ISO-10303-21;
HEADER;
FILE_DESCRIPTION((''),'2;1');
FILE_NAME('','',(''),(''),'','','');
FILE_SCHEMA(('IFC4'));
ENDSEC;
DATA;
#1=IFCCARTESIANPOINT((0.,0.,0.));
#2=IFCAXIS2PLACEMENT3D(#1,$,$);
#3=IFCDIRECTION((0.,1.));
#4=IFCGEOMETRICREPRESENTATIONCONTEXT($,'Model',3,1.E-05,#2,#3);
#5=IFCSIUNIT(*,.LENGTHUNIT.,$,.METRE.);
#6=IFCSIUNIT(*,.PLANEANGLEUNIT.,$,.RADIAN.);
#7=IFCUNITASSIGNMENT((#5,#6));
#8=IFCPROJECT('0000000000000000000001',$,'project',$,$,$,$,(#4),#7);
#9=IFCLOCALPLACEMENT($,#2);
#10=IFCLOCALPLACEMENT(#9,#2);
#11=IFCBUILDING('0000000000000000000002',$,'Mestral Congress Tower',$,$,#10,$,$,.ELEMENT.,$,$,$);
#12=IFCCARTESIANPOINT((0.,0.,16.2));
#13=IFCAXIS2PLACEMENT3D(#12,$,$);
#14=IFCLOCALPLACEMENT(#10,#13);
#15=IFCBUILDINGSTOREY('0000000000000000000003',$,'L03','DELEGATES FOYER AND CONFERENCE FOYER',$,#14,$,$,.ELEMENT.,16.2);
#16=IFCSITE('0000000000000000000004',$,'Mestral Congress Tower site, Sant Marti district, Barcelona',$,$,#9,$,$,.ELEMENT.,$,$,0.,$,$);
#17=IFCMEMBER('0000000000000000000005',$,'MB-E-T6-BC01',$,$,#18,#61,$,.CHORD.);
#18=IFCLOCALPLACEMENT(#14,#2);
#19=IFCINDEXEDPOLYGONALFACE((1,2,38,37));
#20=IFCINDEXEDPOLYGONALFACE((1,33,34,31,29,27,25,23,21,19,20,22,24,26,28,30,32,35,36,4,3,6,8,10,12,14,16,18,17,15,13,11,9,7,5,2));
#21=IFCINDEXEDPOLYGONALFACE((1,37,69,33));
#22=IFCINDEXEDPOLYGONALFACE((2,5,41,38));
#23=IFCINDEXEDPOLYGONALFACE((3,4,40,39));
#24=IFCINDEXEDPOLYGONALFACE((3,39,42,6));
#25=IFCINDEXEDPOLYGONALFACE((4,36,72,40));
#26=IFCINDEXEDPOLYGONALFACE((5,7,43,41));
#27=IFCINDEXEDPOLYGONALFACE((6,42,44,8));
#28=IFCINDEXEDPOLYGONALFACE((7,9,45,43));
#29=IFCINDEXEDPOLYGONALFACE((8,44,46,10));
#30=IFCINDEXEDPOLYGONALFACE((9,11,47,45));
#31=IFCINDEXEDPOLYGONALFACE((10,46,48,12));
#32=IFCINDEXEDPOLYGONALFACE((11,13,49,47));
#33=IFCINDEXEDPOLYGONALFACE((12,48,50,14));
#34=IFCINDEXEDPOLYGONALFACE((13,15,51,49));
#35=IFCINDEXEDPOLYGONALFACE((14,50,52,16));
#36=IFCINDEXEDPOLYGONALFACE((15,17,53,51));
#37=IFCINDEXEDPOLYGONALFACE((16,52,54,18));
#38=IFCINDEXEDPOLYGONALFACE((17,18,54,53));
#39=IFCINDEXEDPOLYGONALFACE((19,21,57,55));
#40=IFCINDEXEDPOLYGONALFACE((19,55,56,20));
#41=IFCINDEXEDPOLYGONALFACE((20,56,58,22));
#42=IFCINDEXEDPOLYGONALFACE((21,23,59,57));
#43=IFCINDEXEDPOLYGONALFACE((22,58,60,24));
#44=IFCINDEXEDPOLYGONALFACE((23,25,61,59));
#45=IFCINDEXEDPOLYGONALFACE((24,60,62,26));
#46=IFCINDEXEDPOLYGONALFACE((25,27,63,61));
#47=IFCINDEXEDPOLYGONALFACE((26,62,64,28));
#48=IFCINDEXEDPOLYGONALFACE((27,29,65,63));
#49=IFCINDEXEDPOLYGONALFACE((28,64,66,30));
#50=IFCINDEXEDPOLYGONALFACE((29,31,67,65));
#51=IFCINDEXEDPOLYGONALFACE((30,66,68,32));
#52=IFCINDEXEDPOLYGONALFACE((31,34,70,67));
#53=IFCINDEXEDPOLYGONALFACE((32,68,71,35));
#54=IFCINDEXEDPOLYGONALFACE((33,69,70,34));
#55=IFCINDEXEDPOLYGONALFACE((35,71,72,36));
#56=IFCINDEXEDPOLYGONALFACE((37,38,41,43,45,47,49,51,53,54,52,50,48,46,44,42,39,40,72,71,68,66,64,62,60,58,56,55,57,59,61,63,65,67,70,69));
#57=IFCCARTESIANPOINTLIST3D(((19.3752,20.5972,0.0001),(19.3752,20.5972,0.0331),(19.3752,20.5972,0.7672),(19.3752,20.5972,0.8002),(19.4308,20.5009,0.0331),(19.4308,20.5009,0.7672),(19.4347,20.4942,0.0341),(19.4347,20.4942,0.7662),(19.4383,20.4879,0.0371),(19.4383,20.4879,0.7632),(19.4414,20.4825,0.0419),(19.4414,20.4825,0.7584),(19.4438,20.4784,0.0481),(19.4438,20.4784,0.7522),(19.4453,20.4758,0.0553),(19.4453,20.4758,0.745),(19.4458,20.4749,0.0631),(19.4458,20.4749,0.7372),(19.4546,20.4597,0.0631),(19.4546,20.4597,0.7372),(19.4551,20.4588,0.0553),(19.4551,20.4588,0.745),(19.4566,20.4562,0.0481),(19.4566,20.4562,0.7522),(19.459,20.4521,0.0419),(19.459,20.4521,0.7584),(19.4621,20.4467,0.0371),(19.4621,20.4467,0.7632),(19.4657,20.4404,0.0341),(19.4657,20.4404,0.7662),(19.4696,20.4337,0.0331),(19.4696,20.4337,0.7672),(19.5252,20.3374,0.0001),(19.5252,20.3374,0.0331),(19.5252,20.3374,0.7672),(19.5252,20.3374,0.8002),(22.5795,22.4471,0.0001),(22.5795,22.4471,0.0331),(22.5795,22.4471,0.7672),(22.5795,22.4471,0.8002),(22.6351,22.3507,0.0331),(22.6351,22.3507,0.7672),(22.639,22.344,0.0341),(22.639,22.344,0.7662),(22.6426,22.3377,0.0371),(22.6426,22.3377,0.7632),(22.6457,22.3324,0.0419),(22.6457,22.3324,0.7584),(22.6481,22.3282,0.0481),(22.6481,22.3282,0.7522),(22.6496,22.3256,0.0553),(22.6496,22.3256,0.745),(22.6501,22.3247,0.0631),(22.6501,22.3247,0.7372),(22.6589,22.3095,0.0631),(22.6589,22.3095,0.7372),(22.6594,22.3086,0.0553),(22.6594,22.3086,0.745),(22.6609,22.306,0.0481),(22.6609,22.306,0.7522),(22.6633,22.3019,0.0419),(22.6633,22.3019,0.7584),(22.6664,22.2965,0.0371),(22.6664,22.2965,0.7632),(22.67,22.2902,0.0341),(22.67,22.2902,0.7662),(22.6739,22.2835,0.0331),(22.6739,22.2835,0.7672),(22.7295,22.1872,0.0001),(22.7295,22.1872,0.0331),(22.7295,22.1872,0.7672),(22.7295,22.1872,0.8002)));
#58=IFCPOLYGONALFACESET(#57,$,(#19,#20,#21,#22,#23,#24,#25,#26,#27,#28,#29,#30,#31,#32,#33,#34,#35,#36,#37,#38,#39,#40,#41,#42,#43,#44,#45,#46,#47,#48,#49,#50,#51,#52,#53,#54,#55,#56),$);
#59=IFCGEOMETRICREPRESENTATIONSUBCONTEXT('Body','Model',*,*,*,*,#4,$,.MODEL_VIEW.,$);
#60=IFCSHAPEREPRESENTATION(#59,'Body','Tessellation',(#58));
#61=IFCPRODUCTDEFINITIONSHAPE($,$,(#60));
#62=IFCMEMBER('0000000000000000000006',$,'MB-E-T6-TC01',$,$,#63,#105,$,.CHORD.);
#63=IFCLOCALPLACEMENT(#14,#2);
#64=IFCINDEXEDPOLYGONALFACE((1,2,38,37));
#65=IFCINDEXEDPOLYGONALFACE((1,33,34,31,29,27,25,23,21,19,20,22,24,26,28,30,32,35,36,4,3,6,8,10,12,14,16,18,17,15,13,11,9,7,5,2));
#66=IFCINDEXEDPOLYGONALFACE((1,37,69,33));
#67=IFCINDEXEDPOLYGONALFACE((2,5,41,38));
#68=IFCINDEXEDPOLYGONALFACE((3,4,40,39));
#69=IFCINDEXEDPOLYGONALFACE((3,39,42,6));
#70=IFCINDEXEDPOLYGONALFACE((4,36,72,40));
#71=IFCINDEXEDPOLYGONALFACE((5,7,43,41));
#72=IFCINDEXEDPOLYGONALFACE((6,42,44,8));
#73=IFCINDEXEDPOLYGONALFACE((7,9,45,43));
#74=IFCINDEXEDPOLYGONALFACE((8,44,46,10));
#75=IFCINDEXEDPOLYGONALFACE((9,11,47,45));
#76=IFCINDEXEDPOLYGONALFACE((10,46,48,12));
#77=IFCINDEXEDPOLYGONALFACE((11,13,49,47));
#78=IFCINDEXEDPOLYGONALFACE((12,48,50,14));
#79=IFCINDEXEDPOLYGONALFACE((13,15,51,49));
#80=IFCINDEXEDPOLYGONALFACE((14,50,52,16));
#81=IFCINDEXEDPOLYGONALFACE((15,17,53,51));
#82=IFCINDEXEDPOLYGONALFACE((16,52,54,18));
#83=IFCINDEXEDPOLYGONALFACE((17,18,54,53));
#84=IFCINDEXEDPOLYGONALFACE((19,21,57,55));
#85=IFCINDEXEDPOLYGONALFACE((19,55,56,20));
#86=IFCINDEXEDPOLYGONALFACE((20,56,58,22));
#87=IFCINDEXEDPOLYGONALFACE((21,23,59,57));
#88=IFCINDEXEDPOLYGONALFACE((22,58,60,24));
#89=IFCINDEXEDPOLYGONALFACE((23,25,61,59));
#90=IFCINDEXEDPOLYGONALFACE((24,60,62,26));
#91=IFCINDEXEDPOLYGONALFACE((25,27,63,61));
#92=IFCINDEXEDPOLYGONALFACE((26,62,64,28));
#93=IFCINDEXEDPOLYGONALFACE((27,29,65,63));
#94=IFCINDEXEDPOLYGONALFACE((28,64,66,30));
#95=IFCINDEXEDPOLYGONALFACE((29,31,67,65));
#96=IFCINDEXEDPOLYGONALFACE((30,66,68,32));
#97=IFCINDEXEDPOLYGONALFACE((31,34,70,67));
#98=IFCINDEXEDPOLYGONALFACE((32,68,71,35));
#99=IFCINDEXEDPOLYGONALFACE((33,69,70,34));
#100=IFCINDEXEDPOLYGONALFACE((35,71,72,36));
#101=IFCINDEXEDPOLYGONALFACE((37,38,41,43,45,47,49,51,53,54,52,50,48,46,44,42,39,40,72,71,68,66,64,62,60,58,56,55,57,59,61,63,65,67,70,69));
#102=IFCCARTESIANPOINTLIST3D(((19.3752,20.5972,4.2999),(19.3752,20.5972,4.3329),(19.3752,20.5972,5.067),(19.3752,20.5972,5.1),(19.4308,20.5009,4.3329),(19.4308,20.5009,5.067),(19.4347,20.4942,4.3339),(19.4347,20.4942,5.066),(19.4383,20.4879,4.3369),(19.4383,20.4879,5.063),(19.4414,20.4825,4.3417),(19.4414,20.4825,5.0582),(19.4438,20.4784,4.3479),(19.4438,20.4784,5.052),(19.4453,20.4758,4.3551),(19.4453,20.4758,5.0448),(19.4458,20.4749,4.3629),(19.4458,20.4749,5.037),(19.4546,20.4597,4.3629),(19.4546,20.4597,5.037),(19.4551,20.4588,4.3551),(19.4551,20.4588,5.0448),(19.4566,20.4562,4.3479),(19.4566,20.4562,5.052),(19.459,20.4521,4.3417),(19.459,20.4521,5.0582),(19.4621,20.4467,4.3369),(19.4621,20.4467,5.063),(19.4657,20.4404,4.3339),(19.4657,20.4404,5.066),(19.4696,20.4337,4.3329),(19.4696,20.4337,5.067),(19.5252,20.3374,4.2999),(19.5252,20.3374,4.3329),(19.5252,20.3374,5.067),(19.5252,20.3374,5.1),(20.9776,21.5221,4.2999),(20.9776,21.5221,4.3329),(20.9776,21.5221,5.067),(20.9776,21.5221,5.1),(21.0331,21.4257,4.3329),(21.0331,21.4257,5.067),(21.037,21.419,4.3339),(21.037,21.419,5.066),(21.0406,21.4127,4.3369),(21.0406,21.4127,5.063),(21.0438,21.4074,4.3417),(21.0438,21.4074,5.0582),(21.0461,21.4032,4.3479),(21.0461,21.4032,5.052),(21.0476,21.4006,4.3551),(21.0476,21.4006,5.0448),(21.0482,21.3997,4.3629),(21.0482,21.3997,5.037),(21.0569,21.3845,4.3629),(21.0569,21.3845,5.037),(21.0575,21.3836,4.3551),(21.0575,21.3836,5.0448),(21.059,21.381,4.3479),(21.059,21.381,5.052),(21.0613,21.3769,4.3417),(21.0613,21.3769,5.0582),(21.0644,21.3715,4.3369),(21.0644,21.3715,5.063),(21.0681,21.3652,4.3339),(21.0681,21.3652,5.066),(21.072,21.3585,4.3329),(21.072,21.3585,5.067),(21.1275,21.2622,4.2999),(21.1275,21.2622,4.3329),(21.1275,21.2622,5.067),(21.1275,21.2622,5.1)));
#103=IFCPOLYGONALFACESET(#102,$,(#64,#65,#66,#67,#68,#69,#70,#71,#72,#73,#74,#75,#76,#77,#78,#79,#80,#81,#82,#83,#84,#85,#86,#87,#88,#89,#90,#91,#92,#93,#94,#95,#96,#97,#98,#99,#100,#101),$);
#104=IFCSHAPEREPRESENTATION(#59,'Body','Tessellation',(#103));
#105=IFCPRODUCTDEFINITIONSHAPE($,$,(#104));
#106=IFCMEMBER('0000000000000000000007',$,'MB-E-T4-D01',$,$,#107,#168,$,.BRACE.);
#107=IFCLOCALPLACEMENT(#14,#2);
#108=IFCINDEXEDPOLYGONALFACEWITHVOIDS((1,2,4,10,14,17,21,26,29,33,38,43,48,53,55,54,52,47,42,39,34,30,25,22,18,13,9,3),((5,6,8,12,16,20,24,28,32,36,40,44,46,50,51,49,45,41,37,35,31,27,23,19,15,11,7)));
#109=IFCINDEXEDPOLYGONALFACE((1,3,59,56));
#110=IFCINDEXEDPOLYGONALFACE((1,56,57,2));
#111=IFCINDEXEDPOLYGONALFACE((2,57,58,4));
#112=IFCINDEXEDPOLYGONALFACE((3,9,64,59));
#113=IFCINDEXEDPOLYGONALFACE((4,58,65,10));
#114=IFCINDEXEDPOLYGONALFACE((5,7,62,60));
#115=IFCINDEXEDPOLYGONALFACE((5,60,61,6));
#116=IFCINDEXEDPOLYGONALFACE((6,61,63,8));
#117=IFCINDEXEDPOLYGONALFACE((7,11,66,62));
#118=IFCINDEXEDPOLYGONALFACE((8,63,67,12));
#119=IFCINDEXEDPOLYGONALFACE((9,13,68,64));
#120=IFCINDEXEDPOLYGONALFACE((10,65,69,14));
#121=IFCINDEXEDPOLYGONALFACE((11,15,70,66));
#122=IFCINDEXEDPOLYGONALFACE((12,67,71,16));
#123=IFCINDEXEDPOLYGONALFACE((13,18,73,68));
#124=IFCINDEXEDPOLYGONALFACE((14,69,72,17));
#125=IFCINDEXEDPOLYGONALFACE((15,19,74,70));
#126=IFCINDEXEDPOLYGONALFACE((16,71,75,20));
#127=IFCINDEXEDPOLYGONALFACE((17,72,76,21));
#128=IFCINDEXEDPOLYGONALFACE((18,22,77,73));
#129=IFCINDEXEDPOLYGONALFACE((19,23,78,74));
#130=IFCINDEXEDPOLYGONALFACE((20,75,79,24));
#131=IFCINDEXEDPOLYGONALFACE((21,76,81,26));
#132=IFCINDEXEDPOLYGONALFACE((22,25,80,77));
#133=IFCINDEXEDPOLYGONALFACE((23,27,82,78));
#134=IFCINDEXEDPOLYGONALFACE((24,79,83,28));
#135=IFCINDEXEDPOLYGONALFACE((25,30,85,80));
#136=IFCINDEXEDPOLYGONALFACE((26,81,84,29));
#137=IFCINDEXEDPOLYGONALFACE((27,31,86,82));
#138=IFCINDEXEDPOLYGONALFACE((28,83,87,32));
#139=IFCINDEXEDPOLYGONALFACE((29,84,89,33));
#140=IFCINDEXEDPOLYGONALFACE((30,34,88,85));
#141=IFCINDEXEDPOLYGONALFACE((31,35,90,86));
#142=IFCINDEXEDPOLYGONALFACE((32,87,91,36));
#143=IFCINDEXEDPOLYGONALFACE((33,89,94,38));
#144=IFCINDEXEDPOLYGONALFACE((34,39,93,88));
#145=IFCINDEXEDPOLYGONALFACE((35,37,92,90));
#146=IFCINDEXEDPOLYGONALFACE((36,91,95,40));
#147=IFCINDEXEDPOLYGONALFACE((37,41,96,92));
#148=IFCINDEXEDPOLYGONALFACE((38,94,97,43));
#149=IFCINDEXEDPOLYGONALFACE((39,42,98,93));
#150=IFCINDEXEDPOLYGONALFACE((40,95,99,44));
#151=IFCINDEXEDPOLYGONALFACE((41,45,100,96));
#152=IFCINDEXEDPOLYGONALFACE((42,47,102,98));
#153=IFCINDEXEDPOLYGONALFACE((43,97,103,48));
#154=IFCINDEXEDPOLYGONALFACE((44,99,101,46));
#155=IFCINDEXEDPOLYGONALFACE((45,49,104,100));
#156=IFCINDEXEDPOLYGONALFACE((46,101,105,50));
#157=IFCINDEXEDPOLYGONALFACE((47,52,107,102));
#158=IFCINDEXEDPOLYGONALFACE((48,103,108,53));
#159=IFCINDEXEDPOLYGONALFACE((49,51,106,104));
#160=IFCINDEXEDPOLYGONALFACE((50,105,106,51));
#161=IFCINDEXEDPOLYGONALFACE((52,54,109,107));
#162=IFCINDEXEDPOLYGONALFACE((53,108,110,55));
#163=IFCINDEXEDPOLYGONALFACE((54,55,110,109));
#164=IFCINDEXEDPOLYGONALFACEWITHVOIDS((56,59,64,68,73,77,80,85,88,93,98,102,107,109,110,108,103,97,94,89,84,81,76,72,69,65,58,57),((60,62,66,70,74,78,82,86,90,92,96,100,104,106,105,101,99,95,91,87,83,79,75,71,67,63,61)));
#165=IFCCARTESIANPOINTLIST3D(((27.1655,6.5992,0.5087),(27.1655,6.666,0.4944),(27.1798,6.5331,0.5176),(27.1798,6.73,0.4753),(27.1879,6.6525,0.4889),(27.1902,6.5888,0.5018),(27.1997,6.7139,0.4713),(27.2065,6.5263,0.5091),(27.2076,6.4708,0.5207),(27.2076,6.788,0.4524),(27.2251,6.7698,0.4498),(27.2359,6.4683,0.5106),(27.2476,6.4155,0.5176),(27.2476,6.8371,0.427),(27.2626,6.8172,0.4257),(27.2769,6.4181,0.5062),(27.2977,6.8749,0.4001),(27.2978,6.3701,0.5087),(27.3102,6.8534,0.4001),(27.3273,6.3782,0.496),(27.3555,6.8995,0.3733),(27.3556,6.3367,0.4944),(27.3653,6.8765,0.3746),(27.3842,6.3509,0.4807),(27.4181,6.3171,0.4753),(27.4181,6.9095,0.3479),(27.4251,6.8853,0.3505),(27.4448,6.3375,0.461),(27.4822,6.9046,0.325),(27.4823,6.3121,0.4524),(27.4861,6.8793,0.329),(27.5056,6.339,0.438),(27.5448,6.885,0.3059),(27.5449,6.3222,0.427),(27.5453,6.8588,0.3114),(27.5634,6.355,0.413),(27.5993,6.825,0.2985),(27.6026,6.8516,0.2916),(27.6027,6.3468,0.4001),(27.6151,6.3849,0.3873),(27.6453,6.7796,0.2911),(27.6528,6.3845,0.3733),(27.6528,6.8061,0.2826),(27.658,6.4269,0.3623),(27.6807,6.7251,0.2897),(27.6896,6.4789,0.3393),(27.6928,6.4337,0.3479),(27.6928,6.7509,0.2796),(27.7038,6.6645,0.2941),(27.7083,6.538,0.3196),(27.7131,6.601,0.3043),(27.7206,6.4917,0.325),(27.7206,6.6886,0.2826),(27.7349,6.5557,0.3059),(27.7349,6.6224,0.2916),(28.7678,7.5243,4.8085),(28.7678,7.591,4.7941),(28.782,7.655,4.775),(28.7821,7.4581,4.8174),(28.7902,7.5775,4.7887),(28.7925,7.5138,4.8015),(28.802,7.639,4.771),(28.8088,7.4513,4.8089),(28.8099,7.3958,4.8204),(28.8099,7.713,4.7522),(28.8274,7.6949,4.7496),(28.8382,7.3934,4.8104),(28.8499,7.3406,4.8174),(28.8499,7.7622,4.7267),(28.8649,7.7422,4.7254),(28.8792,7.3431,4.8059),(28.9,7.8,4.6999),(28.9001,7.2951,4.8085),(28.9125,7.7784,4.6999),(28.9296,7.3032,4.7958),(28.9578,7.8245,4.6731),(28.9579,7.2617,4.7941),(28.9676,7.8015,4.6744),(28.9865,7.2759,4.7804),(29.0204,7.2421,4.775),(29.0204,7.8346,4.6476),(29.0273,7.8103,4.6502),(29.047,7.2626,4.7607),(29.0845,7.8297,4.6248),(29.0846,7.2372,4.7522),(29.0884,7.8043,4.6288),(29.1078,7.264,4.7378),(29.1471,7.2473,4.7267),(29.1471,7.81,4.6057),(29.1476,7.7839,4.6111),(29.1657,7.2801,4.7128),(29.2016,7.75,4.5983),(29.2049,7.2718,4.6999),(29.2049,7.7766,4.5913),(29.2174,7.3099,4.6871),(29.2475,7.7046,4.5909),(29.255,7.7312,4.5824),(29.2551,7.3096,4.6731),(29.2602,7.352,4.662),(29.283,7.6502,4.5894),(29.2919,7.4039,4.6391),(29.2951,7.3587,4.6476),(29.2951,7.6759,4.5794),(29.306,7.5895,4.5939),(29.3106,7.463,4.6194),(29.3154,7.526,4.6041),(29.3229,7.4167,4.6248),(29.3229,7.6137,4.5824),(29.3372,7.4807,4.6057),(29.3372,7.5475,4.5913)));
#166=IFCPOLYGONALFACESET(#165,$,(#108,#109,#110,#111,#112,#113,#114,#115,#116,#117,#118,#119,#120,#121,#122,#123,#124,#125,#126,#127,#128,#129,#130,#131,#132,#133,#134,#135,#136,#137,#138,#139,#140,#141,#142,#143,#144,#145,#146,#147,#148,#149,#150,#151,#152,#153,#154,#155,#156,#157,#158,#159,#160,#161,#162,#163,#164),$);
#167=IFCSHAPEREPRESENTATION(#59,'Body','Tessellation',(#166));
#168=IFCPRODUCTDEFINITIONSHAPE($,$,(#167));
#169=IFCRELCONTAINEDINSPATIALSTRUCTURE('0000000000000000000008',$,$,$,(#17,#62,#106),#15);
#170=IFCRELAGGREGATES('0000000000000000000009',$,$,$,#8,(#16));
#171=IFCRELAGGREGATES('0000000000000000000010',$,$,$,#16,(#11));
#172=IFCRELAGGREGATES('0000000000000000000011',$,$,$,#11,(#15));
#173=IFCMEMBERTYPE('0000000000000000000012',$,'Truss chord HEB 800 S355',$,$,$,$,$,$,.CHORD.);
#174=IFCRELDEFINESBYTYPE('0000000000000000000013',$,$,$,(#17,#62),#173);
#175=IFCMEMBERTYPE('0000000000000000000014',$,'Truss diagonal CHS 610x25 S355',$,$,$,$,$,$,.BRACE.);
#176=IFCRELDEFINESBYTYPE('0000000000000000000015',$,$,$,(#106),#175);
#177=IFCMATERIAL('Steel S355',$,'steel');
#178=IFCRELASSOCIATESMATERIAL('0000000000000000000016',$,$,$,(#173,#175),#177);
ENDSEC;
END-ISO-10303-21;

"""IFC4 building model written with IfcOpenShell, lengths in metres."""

from ifc_helpers import new_model, si_unit, direction, frame, origin, origin_2d, place, context, subcontext, project, spatial, hollow_circle, i_section, extrude, material, material_profile, profile_set, type_object, element, save


model = new_model("IFC4")

# Units and contexts
model_context = context("Model", 3, precision=1e-05, world=origin(), true_north=direction((0.0, 1.0)))
body_context = subcontext(model_context, "Body", "Model", "MODEL_VIEW")
ifc_project = project(units=[si_unit("LENGTHUNIT", "METRE"), si_unit("PLANEANGLEUNIT", "RADIAN")], contexts=[model_context])

# Site, building, storey
site_placement = place(None, origin())
site = spatial("IfcSite", under=ifc_project, at=site_placement, Name="Mestral Congress Tower site, Sant Marti district, Barcelona", CompositionType="ELEMENT", RefElevation=0.0)
building_placement = place(site_placement, origin())
building = spatial("IfcBuilding", under=site, at=building_placement, Name="Mestral Congress Tower", CompositionType="ELEMENT")
storey_placement = place(building_placement, frame((0.0, 0.0, 16.2)))
storey = spatial("IfcBuildingStorey", under=building, at=storey_placement, Name="L03", Description="DELEGATES FOYER AND CONFERENCE FOYER", CompositionType="ELEMENT", Elevation=16.2)

# Members
ifc_material_1 = material(Name="Steel S355", Category="steel")
ifc_material_profile_1 = material_profile(ifc_material_1, i_section(OverallWidth=0.3, OverallDepth=0.8, WebThickness=0.0176, FlangeThickness=0.033, FilletRadius=0.03, at=origin_2d()), Name="HEB 800")
ifc_profile_set_1 = profile_set([ifc_material_profile_1], Name="Steel S355")
member_type_1 = type_object("IfcMemberType", Name="Truss chord HEB 800 S355", PredefinedType="CHORD", material=ifc_profile_set_1)
member_1_placement = place(storey_placement, frame((19.4502, 20.4673, 0.4001), z_axis=(0.866046, 0.499964, 0.0), x_axis=(-0.499964, 0.866046, 0.0)))
element("IfcMember", 1, at=member_1_placement, inside=storey, type_object=member_type_1, Name="MB-E-T6-BC01", PredefinedType="CHORD", context=body_context, shape_type="SweptSolid", body=[
    extrude(i_section(OverallWidth=0.3, OverallDepth=0.8, WebThickness=0.0176, FlangeThickness=0.033, FilletRadius=0.03, at=origin_2d()), origin(), (0.0, 0.0, 1.0), 3.7),
])
member_2_placement = place(storey_placement, frame((19.4502, 20.4673, 4.7), z_axis=(0.866091, 0.499886, 0.0), x_axis=(-0.499886, 0.866091, 0.0)))
element("IfcMember", 2, at=member_2_placement, inside=storey, type_object=member_type_1, Name="MB-E-T6-TC01", PredefinedType="CHORD", context=body_context, shape_type="SweptSolid", body=[
    extrude(i_section(OverallWidth=0.3, OverallDepth=0.8, WebThickness=0.0176, FlangeThickness=0.033, FilletRadius=0.03, at=origin_2d()), origin(), (0.0, 0.0, 1.0), 1.8501),
])
ifc_material_profile_2 = material_profile(ifc_material_1, hollow_circle(Radius=0.3049, WallThickness=0.0249, at=origin_2d()), Name="CHS 610x25")
ifc_profile_set_2 = profile_set([ifc_material_profile_2], Name="Steel S355")
member_type_2 = type_object("IfcMemberType", Name="Truss diagonal CHS 610x25 S355", PredefinedType="BRACE", material=ifc_profile_set_2)
for number, where, z_axis, x_axis, name in (
    (3, (27.4502, 6.6108, 0.4001), (0.342301, 0.197619, 0.918573), (-0.499985, 0.866034, 0.0), "MB-E-T4-D01"),
):
    element("IfcMember", number, at=place(storey_placement, frame(where, z_axis=z_axis, x_axis=x_axis)), inside=storey, type_object=member_type_2, Name=name, PredefinedType="BRACE", context=body_context, shape_type="SweptSolid", body=[
        extrude(hollow_circle(Radius=0.3049, WallThickness=0.0249, at=origin_2d()), origin(), (0.0, 0.0, 1.0), 4.6809),
    ])

save(model, "model.ifc")
